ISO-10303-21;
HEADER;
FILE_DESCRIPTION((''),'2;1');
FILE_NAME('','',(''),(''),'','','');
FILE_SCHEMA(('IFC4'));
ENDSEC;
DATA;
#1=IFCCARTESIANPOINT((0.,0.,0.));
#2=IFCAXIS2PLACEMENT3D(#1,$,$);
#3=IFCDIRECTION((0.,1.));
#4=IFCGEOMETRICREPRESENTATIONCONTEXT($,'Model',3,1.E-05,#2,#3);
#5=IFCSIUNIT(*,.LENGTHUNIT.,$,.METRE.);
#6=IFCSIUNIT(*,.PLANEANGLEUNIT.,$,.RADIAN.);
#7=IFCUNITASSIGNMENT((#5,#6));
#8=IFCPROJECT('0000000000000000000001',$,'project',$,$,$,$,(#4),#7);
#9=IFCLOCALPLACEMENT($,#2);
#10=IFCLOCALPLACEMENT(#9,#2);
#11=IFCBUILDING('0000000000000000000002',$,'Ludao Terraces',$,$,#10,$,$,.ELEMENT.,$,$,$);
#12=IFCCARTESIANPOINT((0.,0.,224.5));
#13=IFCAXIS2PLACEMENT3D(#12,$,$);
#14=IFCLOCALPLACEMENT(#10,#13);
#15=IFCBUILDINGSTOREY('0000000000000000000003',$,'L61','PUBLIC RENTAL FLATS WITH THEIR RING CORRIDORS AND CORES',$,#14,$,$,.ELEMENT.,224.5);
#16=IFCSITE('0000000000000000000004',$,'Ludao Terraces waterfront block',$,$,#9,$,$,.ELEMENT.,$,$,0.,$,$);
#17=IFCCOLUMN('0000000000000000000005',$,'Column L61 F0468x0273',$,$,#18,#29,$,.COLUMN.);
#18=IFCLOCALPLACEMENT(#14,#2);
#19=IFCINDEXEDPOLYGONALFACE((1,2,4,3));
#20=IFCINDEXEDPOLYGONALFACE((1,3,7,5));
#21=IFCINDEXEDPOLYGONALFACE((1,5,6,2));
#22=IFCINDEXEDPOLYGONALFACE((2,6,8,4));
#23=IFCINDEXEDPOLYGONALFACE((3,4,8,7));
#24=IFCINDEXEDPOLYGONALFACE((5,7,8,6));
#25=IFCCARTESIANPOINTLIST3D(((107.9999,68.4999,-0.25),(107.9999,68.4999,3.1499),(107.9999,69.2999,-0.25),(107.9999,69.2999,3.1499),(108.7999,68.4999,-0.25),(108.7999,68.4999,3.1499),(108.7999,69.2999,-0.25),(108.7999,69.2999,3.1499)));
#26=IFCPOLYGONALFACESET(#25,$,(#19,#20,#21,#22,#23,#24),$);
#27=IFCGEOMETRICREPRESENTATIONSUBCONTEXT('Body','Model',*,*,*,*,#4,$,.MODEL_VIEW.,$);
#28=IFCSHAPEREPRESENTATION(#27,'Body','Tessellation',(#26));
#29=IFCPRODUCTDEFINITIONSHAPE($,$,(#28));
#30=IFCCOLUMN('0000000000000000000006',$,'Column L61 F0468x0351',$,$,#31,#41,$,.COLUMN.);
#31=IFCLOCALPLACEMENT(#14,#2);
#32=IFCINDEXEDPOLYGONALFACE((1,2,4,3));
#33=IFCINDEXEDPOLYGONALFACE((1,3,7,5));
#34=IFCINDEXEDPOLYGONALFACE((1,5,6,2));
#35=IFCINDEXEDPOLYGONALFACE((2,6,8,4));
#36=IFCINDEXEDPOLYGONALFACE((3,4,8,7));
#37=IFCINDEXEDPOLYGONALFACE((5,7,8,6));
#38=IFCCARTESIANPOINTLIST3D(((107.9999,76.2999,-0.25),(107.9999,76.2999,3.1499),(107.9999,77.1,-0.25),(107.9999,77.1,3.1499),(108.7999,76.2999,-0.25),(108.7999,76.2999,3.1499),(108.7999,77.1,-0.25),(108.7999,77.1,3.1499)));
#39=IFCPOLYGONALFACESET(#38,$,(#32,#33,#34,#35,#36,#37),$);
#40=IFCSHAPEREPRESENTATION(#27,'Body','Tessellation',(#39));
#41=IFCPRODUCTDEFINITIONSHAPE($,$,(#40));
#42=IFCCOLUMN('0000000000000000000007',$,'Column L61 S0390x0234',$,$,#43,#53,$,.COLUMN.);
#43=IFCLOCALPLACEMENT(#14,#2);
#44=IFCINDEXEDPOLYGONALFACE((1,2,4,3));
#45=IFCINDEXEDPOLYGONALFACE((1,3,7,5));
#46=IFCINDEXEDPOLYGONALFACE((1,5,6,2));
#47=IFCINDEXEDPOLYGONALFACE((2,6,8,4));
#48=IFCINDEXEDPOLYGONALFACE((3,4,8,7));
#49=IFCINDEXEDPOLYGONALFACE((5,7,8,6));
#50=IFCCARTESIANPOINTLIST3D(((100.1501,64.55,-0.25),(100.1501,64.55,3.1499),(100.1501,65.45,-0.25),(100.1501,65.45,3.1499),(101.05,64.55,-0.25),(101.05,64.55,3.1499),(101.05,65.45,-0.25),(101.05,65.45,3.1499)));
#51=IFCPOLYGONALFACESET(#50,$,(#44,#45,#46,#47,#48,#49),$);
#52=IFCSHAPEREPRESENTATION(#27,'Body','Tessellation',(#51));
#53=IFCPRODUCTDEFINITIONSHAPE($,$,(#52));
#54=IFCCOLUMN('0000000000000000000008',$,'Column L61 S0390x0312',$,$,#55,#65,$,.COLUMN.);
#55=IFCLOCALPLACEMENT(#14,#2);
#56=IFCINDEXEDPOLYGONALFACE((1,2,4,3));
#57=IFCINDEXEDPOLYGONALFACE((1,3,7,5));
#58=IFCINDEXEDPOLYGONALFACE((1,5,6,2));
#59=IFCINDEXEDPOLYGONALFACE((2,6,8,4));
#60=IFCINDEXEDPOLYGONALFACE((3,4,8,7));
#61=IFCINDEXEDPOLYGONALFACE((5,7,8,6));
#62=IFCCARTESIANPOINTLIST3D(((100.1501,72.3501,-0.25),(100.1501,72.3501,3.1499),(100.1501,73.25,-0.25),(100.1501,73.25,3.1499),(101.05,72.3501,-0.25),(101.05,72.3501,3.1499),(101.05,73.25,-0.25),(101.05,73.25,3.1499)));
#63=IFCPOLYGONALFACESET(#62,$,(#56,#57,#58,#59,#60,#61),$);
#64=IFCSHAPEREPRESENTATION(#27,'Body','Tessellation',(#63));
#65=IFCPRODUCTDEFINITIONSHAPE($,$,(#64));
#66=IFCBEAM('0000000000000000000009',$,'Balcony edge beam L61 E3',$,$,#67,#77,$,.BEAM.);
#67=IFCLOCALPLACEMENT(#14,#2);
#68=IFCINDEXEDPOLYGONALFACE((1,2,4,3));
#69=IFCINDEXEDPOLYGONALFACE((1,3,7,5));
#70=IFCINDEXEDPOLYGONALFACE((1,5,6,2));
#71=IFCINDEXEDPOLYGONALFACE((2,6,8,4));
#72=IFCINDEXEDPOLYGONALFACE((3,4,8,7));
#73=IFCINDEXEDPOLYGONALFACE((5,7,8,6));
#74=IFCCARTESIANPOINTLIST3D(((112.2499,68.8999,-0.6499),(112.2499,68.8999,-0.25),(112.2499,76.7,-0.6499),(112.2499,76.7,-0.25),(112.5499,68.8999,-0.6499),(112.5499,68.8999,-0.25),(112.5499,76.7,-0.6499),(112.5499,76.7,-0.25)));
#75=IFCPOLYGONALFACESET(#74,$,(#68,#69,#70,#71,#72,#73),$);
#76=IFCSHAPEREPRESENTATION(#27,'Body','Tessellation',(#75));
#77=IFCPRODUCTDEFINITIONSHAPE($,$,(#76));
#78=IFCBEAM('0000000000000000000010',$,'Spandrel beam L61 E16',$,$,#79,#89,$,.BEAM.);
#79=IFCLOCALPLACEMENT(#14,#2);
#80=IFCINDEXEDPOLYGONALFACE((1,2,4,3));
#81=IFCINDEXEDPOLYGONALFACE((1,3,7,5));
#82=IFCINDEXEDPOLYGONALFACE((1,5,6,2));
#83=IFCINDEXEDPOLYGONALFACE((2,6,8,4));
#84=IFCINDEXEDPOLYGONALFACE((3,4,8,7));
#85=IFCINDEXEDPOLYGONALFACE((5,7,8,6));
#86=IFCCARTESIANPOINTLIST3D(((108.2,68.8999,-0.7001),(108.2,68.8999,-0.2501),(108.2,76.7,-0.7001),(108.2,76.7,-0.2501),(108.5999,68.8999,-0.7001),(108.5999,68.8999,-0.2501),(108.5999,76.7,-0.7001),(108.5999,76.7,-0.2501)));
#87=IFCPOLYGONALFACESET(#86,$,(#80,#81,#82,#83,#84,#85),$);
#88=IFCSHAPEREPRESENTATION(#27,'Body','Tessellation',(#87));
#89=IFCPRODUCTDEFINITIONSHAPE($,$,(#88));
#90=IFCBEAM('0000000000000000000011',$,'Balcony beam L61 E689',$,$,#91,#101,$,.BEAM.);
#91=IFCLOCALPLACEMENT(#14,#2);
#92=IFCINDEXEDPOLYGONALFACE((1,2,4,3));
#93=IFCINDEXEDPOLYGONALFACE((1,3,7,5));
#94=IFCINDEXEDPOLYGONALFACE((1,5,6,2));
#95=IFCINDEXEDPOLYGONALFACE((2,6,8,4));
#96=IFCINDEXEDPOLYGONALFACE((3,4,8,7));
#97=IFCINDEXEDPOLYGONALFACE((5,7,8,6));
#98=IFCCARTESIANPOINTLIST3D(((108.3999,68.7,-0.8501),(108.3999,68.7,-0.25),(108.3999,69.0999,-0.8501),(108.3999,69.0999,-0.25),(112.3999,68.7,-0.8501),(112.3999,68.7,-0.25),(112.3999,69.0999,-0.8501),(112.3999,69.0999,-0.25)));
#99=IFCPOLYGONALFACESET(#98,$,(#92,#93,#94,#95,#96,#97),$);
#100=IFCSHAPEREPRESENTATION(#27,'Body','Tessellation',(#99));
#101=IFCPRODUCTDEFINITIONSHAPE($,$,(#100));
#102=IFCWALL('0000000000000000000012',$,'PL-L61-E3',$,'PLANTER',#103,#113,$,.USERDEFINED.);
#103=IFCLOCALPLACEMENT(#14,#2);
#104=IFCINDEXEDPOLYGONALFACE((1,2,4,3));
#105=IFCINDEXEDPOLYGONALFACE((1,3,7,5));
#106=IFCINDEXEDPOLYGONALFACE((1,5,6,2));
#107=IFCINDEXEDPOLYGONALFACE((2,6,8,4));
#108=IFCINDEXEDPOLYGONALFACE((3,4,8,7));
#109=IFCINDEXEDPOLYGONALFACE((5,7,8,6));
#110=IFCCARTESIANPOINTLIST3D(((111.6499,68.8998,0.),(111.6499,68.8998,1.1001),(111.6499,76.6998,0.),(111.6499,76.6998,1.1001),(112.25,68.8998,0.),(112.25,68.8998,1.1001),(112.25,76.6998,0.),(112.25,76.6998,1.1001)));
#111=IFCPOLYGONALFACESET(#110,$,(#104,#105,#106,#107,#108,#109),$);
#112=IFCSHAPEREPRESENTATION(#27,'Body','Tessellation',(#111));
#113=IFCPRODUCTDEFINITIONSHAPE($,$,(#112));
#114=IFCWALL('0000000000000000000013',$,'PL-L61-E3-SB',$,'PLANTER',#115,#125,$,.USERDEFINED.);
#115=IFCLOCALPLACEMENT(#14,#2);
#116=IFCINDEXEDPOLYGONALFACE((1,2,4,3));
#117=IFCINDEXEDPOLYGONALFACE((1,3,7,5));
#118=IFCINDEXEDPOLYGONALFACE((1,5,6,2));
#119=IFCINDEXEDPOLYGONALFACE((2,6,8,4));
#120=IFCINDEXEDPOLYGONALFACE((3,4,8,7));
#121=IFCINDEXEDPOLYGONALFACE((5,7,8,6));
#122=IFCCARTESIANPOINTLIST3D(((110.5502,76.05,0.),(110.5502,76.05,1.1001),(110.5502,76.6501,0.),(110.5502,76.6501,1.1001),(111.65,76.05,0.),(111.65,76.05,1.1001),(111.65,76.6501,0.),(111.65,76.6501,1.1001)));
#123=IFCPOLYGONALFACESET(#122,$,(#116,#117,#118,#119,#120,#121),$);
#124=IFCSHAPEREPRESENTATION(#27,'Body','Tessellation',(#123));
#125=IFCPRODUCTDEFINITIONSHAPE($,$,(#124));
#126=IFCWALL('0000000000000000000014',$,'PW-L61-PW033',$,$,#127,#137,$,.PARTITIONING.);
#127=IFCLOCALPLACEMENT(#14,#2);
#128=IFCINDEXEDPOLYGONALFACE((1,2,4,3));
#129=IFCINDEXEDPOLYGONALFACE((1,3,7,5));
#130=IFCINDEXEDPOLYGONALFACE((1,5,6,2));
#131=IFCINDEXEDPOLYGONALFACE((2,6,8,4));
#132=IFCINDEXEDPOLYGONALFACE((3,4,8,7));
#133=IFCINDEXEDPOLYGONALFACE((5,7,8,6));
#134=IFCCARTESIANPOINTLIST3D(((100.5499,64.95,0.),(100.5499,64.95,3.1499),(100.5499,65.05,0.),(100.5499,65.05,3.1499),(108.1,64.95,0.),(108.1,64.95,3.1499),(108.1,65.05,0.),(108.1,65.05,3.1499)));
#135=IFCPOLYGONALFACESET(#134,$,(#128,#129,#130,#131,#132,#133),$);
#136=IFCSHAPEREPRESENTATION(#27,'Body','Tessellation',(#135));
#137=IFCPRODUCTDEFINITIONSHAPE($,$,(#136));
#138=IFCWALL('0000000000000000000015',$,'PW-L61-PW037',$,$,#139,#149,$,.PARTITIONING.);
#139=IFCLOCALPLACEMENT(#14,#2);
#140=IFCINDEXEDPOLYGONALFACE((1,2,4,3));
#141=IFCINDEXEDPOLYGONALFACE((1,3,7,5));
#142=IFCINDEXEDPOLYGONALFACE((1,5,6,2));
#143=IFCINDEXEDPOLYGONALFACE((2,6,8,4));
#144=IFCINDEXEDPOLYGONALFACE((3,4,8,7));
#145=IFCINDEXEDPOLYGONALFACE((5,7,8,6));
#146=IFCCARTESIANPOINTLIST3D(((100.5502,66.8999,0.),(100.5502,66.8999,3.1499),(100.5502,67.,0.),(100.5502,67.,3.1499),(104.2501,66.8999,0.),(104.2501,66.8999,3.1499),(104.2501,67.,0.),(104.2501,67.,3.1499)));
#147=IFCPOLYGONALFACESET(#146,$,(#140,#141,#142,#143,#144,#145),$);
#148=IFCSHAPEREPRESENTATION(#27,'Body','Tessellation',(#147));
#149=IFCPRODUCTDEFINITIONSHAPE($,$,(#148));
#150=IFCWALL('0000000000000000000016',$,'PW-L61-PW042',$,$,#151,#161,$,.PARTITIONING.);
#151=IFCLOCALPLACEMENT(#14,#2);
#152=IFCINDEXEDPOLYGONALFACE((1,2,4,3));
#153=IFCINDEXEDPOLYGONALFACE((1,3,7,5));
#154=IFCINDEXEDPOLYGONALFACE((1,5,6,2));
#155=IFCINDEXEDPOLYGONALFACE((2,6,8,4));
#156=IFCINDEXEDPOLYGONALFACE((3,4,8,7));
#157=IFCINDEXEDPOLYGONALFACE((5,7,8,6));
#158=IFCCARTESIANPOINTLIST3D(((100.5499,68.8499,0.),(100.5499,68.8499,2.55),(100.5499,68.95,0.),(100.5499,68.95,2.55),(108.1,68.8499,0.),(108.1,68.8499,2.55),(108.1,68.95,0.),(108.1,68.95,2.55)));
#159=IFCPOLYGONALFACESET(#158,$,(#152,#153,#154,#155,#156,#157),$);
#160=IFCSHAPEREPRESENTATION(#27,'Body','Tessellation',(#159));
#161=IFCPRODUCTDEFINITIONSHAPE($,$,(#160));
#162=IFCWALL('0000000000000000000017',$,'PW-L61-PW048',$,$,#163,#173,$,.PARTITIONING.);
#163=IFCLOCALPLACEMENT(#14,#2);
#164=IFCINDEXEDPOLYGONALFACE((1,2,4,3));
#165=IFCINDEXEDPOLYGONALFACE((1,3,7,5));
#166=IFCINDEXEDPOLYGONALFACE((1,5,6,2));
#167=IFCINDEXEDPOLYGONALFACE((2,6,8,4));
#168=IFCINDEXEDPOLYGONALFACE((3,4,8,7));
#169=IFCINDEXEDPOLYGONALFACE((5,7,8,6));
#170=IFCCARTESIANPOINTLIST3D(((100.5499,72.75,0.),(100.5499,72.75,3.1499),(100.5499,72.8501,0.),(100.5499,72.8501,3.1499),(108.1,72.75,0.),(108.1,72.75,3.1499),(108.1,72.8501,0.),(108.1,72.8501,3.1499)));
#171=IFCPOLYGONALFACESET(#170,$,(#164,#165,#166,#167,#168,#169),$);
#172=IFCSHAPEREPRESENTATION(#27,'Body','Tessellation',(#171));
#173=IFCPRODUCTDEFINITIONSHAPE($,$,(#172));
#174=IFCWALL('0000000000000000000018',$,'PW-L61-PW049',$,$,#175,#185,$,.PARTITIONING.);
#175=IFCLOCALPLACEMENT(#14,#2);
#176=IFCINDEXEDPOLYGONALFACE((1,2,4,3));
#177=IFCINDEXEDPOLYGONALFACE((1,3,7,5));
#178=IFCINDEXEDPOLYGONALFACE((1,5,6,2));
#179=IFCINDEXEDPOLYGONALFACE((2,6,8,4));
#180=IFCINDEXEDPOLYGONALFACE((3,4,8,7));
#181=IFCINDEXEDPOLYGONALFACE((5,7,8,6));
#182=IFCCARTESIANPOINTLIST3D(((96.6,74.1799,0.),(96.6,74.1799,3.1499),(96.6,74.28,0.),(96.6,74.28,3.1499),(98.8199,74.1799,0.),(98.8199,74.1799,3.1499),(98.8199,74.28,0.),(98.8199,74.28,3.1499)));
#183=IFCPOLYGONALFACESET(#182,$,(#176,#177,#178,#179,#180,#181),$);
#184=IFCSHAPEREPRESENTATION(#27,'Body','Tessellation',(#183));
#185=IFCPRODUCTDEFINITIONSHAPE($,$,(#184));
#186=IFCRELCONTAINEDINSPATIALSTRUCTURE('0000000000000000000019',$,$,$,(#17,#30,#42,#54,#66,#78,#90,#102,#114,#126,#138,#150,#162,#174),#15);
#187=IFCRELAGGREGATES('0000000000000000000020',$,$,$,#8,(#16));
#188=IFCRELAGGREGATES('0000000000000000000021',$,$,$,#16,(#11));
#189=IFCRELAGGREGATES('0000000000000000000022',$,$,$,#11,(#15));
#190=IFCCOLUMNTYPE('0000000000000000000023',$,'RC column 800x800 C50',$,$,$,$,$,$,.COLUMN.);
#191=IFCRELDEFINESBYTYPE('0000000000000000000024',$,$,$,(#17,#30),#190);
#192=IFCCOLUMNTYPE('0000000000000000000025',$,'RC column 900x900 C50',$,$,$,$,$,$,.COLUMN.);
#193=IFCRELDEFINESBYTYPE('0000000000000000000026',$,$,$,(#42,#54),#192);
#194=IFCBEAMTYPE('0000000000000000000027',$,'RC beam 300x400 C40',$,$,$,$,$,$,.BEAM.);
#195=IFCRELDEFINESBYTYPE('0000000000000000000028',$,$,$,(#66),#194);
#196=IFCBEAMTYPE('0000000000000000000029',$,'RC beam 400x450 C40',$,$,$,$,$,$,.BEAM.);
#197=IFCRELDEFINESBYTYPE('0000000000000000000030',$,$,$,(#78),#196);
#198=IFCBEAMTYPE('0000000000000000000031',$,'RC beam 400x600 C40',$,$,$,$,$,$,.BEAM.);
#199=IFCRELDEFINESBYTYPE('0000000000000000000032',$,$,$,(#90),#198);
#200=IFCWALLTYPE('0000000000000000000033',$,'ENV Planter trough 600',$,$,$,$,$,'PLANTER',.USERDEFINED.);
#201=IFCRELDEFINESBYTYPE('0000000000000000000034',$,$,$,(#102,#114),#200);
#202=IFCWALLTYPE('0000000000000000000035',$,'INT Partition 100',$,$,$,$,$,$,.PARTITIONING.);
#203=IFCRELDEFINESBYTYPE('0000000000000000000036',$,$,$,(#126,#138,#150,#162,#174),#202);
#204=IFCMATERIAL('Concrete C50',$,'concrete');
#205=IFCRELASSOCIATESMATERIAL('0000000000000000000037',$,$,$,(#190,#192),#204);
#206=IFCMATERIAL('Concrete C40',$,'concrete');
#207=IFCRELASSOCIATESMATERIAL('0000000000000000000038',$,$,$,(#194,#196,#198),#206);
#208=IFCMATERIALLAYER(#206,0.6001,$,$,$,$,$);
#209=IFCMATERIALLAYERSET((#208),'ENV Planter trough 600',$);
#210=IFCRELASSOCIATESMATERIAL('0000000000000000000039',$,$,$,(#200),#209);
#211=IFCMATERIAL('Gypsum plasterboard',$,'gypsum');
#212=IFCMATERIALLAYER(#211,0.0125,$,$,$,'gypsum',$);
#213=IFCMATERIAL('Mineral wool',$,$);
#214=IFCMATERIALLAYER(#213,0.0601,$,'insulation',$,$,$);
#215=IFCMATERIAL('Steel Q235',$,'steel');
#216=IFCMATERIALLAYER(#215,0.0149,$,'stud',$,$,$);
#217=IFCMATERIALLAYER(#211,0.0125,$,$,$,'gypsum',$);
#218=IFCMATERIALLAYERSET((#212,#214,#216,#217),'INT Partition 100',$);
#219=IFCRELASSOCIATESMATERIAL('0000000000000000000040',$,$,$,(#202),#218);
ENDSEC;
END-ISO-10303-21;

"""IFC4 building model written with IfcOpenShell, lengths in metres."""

from ifc_helpers import new_model, si_unit, direction, frame, frame_2d, origin, origin_2d, place, context, subcontext, project, spatial, rectangle, extrude, material, layer, layer_set, material_profile, profile_set, type_object, element, save


model = new_model("IFC4")

# Units and contexts
model_context = context("Model", 3, precision=1e-05, world=origin(), true_north=direction((0.0, 1.0)))
body_context = subcontext(model_context, "Body", "Model", "MODEL_VIEW")
ifc_project = project(units=[si_unit("LENGTHUNIT", "METRE"), si_unit("PLANEANGLEUNIT", "RADIAN")], contexts=[model_context])

# Site, building, storey
site_placement = place(None, origin())
site = spatial("IfcSite", under=ifc_project, at=site_placement, Name="Ludao Terraces waterfront block", CompositionType="ELEMENT", RefElevation=0.0)
building_placement = place(site_placement, origin())
building = spatial("IfcBuilding", under=site, at=building_placement, Name="Ludao Terraces", CompositionType="ELEMENT")
storey_placement = place(building_placement, frame((0.0, 0.0, 224.5)))
storey = spatial("IfcBuildingStorey", under=building, at=storey_placement, Name="L61", Description="PUBLIC RENTAL FLATS WITH THEIR RING CORRIDORS AND CORES", CompositionType="ELEMENT", Elevation=224.5)

# Columns
ifc_material_1 = material(Name="Concrete C50", Category="concrete")
ifc_material_profile_1 = material_profile(ifc_material_1, rectangle(XDim=0.8, YDim=0.8, at=origin_2d()), Name="800 X 800")
ifc_profile_set_1 = profile_set([ifc_material_profile_1], Name="Concrete C50")
column_type_1 = type_object("IfcColumnType", Name="RC column 800x800 C50", PredefinedType="COLUMN", material=ifc_profile_set_1)
for number, where, z_axis, x_axis, name in (
    (1, (108.3999, 68.8999, -0.25), (0.0, 0.0, 1.0), (1.0, 0.0, 0.0), "Column L61 F0468x0273"),
    (2, (108.3999, 76.7, -0.25), (0.0, 0.0, 1.0), (1.0, 0.0, 0.0), "Column L61 F0468x0351"),
):
    element("IfcColumn", number, at=place(storey_placement, frame(where, z_axis=z_axis, x_axis=x_axis)), inside=storey, type_object=column_type_1, Name=name, PredefinedType="COLUMN", context=body_context, shape_type="SweptSolid", body=[
        extrude(rectangle(XDim=0.8, YDim=0.8, at=origin_2d()), origin(), (0.0, 0.0, 1.0), 3.3999),
    ])
ifc_material_profile_2 = material_profile(ifc_material_1, rectangle(XDim=0.8999, YDim=0.8999, at=origin_2d()), Name="900 X 900")
ifc_profile_set_2 = profile_set([ifc_material_profile_2], Name="Concrete C50")
column_type_2 = type_object("IfcColumnType", Name="RC column 900x900 C50", PredefinedType="COLUMN", material=ifc_profile_set_2)
for number, where, z_axis, x_axis, name in (
    (3, (100.6001, 65.0, -0.25), (0.0, 0.0, 1.0), (1.0, 0.0, 0.0), "Column L61 S0390x0234"),
    (4, (100.6001, 72.8, -0.25), (0.0, 0.0, 1.0), (1.0, 0.0, 0.0), "Column L61 S0390x0312"),
):
    element("IfcColumn", number, at=place(storey_placement, frame(where, z_axis=z_axis, x_axis=x_axis)), inside=storey, type_object=column_type_2, Name=name, PredefinedType="COLUMN", context=body_context, shape_type="SweptSolid", body=[
        extrude(rectangle(XDim=0.8999, YDim=0.8999, at=origin_2d()), origin(), (0.0, 0.0, 1.0), 3.3999),
    ])

# Beams
ifc_material_2 = material(Name="Concrete C40", Category="concrete")
ifc_material_profile_3 = material_profile(ifc_material_2, rectangle(XDim=0.3, YDim=0.3999, at=origin_2d()), Name="300 X 400")
ifc_profile_set_3 = profile_set([ifc_material_profile_3], Name="Concrete C40")
beam_type_1 = type_object("IfcBeamType", Name="RC beam 300x400 C40", PredefinedType="BEAM", material=ifc_profile_set_3)
beam_1_placement = place(storey_placement, frame((112.3999, 68.8999, -0.45), z_axis=(0.0, 1.0, 0.0), x_axis=(-1.0, 0.0, 0.0)))
element("IfcBeam", 5, at=beam_1_placement, inside=storey, type_object=beam_type_1, Name="Balcony edge beam L61 E3", PredefinedType="BEAM", context=body_context, shape_type="SweptSolid", body=[
    extrude(rectangle(XDim=0.3, YDim=0.3999, at=origin_2d()), origin(), (0.0, 0.0, 1.0), 7.8),
])
ifc_material_profile_4 = material_profile(ifc_material_2, rectangle(XDim=0.3999, YDim=0.45, at=origin_2d()), Name="400 X 450")
ifc_profile_set_4 = profile_set([ifc_material_profile_4], Name="Concrete C40")
beam_type_2 = type_object("IfcBeamType", Name="RC beam 400x450 C40", PredefinedType="BEAM", material=ifc_profile_set_4)
beam_2_placement = place(storey_placement, frame((108.3999, 68.8999, -0.4751), z_axis=(0.0, 1.0, 0.0), x_axis=(-1.0, 0.0, 0.0)))
element("IfcBeam", 6, at=beam_2_placement, inside=storey, type_object=beam_type_2, Name="Spandrel beam L61 E16", PredefinedType="BEAM", context=body_context, shape_type="SweptSolid", body=[
    extrude(rectangle(XDim=0.3999, YDim=0.45, at=origin_2d()), origin(), (0.0, 0.0, 1.0), 7.8),
])
ifc_material_profile_5 = material_profile(ifc_material_2, rectangle(XDim=0.3999, YDim=0.6001, at=origin_2d()), Name="400 X 600")
ifc_profile_set_5 = profile_set([ifc_material_profile_5], Name="Concrete C40")
beam_type_3 = type_object("IfcBeamType", Name="RC beam 400x600 C40", PredefinedType="BEAM", material=ifc_profile_set_5)
beam_3_placement = place(storey_placement, frame((108.3999, 68.8999, -0.55), z_axis=(1.0, 0.0, 0.0), x_axis=(0.0, 1.0, 0.0)))
element("IfcBeam", 7, at=beam_3_placement, inside=storey, type_object=beam_type_3, Name="Balcony beam L61 E689", PredefinedType="BEAM", context=body_context, shape_type="SweptSolid", body=[
    extrude(rectangle(XDim=0.3999, YDim=0.6001, at=origin_2d()), origin(), (0.0, 0.0, 1.0), 4.0),
])

# Walls
ifc_layer_1 = layer(ifc_material_2, 0.6001)
ifc_layer_set_1 = layer_set([ifc_layer_1], Name="ENV Planter trough 600")
wall_type_1 = type_object("IfcWallType", Name="ENV Planter trough 600", ElementType="PLANTER", PredefinedType="USERDEFINED", material=ifc_layer_set_1)
wall_1_placement = place(storey_placement, frame((111.95, 68.8999, 0.0), z_axis=(0.0, 0.0, 1.0), x_axis=(0.0, 1.0, 0.0)))
element("IfcWall", 8, at=wall_1_placement, inside=storey, type_object=wall_type_1, Name="PL-L61-E3", ObjectType="PLANTER", PredefinedType="USERDEFINED", context=body_context, shape_type="SweptSolid", body=[
    extrude(rectangle(XDim=7.8, YDim=0.6001, at=frame_2d((3.8999, 0.0))), origin(), (0.0, 0.0, 1.0), 1.1001),
])
wall_2_placement = place(storey_placement, frame((111.6499, 76.3501, 0.0), z_axis=(0.0, 0.0, 1.0), x_axis=(-1.0, 0.0, 0.0)))
element("IfcWall", 9, at=wall_2_placement, inside=storey, type_object=wall_type_1, Name="PL-L61-E3-SB", ObjectType="PLANTER", PredefinedType="USERDEFINED", context=body_context, shape_type="SweptSolid", body=[
    extrude(rectangle(XDim=1.0999, YDim=0.6001, at=frame_2d((0.5498, 0.0))), origin(), (0.0, 0.0, 1.0), 1.1001),
])

# Shared definitions
ifc_material_3 = material(Name="Mineral wool")

# Walls
ifc_material_4 = material(Name="Gypsum plasterboard", Category="gypsum")
ifc_layer_2 = layer(ifc_material_4, 0.0125, Category="gypsum")
ifc_layer_3 = layer(ifc_material_3, 0.0601, Name="insulation")
ifc_material_5 = material(Name="Steel Q235", Category="steel")
ifc_layer_4 = layer(ifc_material_5, 0.0149, Name="stud")
ifc_layer_5 = layer(ifc_material_4, 0.0125, Category="gypsum")
ifc_layer_set_2 = layer_set([ifc_layer_2, ifc_layer_3, ifc_layer_4, ifc_layer_5], Name="INT Partition 100")
wall_type_2 = type_object("IfcWallType", Name="INT Partition 100", PredefinedType="PARTITIONING", material=ifc_layer_set_2)
wall_3_placement = place(storey_placement, frame((100.55, 65.0, 0.0), z_axis=(0.0, 0.0, 1.0), x_axis=(1.0, 0.0, 0.0)))
element("IfcWall", 10, at=wall_3_placement, inside=storey, type_object=wall_type_2, Name="PW-L61-PW033", PredefinedType="PARTITIONING", context=body_context, shape_type="SweptSolid", body=[
    extrude(rectangle(XDim=7.55, YDim=0.1001, at=frame_2d((3.7749, 0.0))), origin(), (0.0, 0.0, 1.0), 3.1499),
])
wall_4_placement = place(storey_placement, frame((100.55, 66.95, 0.0), z_axis=(0.0, 0.0, 1.0), x_axis=(1.0, 0.0, 0.0)))
element("IfcWall", 11, at=wall_4_placement, inside=storey, type_object=wall_type_2, Name="PW-L61-PW037", PredefinedType="PARTITIONING", context=body_context, shape_type="SweptSolid", body=[
    extrude(rectangle(XDim=3.7, YDim=0.1001, at=frame_2d((1.8501, 0.0))), origin(), (0.0, 0.0, 1.0), 3.1499),
])
wall_5_placement = place(storey_placement, frame((100.55, 68.8999, 0.0), z_axis=(0.0, 0.0, 1.0), x_axis=(1.0, 0.0, 0.0)))
element("IfcWall", 12, at=wall_5_placement, inside=storey, type_object=wall_type_2, Name="PW-L61-PW042", PredefinedType="PARTITIONING", context=body_context, shape_type="SweptSolid", body=[
    extrude(rectangle(XDim=7.55, YDim=0.1001, at=frame_2d((3.7749, 0.0))), origin(), (0.0, 0.0, 1.0), 2.55),
])
wall_6_placement = place(storey_placement, frame((100.55, 72.8, 0.0), z_axis=(0.0, 0.0, 1.0), x_axis=(1.0, 0.0, 0.0)))
element("IfcWall", 13, at=wall_6_placement, inside=storey, type_object=wall_type_2, Name="PW-L61-PW048", PredefinedType="PARTITIONING", context=body_context, shape_type="SweptSolid", body=[
    extrude(rectangle(XDim=7.55, YDim=0.1001, at=frame_2d((3.7749, 0.0))), origin(), (0.0, 0.0, 1.0), 3.1499),
])
wall_7_placement = place(storey_placement, frame((96.6001, 74.23, 0.0), z_axis=(0.0, 0.0, 1.0), x_axis=(1.0, 0.0, 0.0)))
element("IfcWall", 14, at=wall_7_placement, inside=storey, type_object=wall_type_2, Name="PW-L61-PW049", PredefinedType="PARTITIONING", context=body_context, shape_type="SweptSolid", body=[
    extrude(rectangle(XDim=2.22, YDim=0.1001, at=frame_2d((1.1099, 0.0))), origin(), (0.0, 0.0, 1.0), 3.1499),
])

save(model, "model.ifc")
